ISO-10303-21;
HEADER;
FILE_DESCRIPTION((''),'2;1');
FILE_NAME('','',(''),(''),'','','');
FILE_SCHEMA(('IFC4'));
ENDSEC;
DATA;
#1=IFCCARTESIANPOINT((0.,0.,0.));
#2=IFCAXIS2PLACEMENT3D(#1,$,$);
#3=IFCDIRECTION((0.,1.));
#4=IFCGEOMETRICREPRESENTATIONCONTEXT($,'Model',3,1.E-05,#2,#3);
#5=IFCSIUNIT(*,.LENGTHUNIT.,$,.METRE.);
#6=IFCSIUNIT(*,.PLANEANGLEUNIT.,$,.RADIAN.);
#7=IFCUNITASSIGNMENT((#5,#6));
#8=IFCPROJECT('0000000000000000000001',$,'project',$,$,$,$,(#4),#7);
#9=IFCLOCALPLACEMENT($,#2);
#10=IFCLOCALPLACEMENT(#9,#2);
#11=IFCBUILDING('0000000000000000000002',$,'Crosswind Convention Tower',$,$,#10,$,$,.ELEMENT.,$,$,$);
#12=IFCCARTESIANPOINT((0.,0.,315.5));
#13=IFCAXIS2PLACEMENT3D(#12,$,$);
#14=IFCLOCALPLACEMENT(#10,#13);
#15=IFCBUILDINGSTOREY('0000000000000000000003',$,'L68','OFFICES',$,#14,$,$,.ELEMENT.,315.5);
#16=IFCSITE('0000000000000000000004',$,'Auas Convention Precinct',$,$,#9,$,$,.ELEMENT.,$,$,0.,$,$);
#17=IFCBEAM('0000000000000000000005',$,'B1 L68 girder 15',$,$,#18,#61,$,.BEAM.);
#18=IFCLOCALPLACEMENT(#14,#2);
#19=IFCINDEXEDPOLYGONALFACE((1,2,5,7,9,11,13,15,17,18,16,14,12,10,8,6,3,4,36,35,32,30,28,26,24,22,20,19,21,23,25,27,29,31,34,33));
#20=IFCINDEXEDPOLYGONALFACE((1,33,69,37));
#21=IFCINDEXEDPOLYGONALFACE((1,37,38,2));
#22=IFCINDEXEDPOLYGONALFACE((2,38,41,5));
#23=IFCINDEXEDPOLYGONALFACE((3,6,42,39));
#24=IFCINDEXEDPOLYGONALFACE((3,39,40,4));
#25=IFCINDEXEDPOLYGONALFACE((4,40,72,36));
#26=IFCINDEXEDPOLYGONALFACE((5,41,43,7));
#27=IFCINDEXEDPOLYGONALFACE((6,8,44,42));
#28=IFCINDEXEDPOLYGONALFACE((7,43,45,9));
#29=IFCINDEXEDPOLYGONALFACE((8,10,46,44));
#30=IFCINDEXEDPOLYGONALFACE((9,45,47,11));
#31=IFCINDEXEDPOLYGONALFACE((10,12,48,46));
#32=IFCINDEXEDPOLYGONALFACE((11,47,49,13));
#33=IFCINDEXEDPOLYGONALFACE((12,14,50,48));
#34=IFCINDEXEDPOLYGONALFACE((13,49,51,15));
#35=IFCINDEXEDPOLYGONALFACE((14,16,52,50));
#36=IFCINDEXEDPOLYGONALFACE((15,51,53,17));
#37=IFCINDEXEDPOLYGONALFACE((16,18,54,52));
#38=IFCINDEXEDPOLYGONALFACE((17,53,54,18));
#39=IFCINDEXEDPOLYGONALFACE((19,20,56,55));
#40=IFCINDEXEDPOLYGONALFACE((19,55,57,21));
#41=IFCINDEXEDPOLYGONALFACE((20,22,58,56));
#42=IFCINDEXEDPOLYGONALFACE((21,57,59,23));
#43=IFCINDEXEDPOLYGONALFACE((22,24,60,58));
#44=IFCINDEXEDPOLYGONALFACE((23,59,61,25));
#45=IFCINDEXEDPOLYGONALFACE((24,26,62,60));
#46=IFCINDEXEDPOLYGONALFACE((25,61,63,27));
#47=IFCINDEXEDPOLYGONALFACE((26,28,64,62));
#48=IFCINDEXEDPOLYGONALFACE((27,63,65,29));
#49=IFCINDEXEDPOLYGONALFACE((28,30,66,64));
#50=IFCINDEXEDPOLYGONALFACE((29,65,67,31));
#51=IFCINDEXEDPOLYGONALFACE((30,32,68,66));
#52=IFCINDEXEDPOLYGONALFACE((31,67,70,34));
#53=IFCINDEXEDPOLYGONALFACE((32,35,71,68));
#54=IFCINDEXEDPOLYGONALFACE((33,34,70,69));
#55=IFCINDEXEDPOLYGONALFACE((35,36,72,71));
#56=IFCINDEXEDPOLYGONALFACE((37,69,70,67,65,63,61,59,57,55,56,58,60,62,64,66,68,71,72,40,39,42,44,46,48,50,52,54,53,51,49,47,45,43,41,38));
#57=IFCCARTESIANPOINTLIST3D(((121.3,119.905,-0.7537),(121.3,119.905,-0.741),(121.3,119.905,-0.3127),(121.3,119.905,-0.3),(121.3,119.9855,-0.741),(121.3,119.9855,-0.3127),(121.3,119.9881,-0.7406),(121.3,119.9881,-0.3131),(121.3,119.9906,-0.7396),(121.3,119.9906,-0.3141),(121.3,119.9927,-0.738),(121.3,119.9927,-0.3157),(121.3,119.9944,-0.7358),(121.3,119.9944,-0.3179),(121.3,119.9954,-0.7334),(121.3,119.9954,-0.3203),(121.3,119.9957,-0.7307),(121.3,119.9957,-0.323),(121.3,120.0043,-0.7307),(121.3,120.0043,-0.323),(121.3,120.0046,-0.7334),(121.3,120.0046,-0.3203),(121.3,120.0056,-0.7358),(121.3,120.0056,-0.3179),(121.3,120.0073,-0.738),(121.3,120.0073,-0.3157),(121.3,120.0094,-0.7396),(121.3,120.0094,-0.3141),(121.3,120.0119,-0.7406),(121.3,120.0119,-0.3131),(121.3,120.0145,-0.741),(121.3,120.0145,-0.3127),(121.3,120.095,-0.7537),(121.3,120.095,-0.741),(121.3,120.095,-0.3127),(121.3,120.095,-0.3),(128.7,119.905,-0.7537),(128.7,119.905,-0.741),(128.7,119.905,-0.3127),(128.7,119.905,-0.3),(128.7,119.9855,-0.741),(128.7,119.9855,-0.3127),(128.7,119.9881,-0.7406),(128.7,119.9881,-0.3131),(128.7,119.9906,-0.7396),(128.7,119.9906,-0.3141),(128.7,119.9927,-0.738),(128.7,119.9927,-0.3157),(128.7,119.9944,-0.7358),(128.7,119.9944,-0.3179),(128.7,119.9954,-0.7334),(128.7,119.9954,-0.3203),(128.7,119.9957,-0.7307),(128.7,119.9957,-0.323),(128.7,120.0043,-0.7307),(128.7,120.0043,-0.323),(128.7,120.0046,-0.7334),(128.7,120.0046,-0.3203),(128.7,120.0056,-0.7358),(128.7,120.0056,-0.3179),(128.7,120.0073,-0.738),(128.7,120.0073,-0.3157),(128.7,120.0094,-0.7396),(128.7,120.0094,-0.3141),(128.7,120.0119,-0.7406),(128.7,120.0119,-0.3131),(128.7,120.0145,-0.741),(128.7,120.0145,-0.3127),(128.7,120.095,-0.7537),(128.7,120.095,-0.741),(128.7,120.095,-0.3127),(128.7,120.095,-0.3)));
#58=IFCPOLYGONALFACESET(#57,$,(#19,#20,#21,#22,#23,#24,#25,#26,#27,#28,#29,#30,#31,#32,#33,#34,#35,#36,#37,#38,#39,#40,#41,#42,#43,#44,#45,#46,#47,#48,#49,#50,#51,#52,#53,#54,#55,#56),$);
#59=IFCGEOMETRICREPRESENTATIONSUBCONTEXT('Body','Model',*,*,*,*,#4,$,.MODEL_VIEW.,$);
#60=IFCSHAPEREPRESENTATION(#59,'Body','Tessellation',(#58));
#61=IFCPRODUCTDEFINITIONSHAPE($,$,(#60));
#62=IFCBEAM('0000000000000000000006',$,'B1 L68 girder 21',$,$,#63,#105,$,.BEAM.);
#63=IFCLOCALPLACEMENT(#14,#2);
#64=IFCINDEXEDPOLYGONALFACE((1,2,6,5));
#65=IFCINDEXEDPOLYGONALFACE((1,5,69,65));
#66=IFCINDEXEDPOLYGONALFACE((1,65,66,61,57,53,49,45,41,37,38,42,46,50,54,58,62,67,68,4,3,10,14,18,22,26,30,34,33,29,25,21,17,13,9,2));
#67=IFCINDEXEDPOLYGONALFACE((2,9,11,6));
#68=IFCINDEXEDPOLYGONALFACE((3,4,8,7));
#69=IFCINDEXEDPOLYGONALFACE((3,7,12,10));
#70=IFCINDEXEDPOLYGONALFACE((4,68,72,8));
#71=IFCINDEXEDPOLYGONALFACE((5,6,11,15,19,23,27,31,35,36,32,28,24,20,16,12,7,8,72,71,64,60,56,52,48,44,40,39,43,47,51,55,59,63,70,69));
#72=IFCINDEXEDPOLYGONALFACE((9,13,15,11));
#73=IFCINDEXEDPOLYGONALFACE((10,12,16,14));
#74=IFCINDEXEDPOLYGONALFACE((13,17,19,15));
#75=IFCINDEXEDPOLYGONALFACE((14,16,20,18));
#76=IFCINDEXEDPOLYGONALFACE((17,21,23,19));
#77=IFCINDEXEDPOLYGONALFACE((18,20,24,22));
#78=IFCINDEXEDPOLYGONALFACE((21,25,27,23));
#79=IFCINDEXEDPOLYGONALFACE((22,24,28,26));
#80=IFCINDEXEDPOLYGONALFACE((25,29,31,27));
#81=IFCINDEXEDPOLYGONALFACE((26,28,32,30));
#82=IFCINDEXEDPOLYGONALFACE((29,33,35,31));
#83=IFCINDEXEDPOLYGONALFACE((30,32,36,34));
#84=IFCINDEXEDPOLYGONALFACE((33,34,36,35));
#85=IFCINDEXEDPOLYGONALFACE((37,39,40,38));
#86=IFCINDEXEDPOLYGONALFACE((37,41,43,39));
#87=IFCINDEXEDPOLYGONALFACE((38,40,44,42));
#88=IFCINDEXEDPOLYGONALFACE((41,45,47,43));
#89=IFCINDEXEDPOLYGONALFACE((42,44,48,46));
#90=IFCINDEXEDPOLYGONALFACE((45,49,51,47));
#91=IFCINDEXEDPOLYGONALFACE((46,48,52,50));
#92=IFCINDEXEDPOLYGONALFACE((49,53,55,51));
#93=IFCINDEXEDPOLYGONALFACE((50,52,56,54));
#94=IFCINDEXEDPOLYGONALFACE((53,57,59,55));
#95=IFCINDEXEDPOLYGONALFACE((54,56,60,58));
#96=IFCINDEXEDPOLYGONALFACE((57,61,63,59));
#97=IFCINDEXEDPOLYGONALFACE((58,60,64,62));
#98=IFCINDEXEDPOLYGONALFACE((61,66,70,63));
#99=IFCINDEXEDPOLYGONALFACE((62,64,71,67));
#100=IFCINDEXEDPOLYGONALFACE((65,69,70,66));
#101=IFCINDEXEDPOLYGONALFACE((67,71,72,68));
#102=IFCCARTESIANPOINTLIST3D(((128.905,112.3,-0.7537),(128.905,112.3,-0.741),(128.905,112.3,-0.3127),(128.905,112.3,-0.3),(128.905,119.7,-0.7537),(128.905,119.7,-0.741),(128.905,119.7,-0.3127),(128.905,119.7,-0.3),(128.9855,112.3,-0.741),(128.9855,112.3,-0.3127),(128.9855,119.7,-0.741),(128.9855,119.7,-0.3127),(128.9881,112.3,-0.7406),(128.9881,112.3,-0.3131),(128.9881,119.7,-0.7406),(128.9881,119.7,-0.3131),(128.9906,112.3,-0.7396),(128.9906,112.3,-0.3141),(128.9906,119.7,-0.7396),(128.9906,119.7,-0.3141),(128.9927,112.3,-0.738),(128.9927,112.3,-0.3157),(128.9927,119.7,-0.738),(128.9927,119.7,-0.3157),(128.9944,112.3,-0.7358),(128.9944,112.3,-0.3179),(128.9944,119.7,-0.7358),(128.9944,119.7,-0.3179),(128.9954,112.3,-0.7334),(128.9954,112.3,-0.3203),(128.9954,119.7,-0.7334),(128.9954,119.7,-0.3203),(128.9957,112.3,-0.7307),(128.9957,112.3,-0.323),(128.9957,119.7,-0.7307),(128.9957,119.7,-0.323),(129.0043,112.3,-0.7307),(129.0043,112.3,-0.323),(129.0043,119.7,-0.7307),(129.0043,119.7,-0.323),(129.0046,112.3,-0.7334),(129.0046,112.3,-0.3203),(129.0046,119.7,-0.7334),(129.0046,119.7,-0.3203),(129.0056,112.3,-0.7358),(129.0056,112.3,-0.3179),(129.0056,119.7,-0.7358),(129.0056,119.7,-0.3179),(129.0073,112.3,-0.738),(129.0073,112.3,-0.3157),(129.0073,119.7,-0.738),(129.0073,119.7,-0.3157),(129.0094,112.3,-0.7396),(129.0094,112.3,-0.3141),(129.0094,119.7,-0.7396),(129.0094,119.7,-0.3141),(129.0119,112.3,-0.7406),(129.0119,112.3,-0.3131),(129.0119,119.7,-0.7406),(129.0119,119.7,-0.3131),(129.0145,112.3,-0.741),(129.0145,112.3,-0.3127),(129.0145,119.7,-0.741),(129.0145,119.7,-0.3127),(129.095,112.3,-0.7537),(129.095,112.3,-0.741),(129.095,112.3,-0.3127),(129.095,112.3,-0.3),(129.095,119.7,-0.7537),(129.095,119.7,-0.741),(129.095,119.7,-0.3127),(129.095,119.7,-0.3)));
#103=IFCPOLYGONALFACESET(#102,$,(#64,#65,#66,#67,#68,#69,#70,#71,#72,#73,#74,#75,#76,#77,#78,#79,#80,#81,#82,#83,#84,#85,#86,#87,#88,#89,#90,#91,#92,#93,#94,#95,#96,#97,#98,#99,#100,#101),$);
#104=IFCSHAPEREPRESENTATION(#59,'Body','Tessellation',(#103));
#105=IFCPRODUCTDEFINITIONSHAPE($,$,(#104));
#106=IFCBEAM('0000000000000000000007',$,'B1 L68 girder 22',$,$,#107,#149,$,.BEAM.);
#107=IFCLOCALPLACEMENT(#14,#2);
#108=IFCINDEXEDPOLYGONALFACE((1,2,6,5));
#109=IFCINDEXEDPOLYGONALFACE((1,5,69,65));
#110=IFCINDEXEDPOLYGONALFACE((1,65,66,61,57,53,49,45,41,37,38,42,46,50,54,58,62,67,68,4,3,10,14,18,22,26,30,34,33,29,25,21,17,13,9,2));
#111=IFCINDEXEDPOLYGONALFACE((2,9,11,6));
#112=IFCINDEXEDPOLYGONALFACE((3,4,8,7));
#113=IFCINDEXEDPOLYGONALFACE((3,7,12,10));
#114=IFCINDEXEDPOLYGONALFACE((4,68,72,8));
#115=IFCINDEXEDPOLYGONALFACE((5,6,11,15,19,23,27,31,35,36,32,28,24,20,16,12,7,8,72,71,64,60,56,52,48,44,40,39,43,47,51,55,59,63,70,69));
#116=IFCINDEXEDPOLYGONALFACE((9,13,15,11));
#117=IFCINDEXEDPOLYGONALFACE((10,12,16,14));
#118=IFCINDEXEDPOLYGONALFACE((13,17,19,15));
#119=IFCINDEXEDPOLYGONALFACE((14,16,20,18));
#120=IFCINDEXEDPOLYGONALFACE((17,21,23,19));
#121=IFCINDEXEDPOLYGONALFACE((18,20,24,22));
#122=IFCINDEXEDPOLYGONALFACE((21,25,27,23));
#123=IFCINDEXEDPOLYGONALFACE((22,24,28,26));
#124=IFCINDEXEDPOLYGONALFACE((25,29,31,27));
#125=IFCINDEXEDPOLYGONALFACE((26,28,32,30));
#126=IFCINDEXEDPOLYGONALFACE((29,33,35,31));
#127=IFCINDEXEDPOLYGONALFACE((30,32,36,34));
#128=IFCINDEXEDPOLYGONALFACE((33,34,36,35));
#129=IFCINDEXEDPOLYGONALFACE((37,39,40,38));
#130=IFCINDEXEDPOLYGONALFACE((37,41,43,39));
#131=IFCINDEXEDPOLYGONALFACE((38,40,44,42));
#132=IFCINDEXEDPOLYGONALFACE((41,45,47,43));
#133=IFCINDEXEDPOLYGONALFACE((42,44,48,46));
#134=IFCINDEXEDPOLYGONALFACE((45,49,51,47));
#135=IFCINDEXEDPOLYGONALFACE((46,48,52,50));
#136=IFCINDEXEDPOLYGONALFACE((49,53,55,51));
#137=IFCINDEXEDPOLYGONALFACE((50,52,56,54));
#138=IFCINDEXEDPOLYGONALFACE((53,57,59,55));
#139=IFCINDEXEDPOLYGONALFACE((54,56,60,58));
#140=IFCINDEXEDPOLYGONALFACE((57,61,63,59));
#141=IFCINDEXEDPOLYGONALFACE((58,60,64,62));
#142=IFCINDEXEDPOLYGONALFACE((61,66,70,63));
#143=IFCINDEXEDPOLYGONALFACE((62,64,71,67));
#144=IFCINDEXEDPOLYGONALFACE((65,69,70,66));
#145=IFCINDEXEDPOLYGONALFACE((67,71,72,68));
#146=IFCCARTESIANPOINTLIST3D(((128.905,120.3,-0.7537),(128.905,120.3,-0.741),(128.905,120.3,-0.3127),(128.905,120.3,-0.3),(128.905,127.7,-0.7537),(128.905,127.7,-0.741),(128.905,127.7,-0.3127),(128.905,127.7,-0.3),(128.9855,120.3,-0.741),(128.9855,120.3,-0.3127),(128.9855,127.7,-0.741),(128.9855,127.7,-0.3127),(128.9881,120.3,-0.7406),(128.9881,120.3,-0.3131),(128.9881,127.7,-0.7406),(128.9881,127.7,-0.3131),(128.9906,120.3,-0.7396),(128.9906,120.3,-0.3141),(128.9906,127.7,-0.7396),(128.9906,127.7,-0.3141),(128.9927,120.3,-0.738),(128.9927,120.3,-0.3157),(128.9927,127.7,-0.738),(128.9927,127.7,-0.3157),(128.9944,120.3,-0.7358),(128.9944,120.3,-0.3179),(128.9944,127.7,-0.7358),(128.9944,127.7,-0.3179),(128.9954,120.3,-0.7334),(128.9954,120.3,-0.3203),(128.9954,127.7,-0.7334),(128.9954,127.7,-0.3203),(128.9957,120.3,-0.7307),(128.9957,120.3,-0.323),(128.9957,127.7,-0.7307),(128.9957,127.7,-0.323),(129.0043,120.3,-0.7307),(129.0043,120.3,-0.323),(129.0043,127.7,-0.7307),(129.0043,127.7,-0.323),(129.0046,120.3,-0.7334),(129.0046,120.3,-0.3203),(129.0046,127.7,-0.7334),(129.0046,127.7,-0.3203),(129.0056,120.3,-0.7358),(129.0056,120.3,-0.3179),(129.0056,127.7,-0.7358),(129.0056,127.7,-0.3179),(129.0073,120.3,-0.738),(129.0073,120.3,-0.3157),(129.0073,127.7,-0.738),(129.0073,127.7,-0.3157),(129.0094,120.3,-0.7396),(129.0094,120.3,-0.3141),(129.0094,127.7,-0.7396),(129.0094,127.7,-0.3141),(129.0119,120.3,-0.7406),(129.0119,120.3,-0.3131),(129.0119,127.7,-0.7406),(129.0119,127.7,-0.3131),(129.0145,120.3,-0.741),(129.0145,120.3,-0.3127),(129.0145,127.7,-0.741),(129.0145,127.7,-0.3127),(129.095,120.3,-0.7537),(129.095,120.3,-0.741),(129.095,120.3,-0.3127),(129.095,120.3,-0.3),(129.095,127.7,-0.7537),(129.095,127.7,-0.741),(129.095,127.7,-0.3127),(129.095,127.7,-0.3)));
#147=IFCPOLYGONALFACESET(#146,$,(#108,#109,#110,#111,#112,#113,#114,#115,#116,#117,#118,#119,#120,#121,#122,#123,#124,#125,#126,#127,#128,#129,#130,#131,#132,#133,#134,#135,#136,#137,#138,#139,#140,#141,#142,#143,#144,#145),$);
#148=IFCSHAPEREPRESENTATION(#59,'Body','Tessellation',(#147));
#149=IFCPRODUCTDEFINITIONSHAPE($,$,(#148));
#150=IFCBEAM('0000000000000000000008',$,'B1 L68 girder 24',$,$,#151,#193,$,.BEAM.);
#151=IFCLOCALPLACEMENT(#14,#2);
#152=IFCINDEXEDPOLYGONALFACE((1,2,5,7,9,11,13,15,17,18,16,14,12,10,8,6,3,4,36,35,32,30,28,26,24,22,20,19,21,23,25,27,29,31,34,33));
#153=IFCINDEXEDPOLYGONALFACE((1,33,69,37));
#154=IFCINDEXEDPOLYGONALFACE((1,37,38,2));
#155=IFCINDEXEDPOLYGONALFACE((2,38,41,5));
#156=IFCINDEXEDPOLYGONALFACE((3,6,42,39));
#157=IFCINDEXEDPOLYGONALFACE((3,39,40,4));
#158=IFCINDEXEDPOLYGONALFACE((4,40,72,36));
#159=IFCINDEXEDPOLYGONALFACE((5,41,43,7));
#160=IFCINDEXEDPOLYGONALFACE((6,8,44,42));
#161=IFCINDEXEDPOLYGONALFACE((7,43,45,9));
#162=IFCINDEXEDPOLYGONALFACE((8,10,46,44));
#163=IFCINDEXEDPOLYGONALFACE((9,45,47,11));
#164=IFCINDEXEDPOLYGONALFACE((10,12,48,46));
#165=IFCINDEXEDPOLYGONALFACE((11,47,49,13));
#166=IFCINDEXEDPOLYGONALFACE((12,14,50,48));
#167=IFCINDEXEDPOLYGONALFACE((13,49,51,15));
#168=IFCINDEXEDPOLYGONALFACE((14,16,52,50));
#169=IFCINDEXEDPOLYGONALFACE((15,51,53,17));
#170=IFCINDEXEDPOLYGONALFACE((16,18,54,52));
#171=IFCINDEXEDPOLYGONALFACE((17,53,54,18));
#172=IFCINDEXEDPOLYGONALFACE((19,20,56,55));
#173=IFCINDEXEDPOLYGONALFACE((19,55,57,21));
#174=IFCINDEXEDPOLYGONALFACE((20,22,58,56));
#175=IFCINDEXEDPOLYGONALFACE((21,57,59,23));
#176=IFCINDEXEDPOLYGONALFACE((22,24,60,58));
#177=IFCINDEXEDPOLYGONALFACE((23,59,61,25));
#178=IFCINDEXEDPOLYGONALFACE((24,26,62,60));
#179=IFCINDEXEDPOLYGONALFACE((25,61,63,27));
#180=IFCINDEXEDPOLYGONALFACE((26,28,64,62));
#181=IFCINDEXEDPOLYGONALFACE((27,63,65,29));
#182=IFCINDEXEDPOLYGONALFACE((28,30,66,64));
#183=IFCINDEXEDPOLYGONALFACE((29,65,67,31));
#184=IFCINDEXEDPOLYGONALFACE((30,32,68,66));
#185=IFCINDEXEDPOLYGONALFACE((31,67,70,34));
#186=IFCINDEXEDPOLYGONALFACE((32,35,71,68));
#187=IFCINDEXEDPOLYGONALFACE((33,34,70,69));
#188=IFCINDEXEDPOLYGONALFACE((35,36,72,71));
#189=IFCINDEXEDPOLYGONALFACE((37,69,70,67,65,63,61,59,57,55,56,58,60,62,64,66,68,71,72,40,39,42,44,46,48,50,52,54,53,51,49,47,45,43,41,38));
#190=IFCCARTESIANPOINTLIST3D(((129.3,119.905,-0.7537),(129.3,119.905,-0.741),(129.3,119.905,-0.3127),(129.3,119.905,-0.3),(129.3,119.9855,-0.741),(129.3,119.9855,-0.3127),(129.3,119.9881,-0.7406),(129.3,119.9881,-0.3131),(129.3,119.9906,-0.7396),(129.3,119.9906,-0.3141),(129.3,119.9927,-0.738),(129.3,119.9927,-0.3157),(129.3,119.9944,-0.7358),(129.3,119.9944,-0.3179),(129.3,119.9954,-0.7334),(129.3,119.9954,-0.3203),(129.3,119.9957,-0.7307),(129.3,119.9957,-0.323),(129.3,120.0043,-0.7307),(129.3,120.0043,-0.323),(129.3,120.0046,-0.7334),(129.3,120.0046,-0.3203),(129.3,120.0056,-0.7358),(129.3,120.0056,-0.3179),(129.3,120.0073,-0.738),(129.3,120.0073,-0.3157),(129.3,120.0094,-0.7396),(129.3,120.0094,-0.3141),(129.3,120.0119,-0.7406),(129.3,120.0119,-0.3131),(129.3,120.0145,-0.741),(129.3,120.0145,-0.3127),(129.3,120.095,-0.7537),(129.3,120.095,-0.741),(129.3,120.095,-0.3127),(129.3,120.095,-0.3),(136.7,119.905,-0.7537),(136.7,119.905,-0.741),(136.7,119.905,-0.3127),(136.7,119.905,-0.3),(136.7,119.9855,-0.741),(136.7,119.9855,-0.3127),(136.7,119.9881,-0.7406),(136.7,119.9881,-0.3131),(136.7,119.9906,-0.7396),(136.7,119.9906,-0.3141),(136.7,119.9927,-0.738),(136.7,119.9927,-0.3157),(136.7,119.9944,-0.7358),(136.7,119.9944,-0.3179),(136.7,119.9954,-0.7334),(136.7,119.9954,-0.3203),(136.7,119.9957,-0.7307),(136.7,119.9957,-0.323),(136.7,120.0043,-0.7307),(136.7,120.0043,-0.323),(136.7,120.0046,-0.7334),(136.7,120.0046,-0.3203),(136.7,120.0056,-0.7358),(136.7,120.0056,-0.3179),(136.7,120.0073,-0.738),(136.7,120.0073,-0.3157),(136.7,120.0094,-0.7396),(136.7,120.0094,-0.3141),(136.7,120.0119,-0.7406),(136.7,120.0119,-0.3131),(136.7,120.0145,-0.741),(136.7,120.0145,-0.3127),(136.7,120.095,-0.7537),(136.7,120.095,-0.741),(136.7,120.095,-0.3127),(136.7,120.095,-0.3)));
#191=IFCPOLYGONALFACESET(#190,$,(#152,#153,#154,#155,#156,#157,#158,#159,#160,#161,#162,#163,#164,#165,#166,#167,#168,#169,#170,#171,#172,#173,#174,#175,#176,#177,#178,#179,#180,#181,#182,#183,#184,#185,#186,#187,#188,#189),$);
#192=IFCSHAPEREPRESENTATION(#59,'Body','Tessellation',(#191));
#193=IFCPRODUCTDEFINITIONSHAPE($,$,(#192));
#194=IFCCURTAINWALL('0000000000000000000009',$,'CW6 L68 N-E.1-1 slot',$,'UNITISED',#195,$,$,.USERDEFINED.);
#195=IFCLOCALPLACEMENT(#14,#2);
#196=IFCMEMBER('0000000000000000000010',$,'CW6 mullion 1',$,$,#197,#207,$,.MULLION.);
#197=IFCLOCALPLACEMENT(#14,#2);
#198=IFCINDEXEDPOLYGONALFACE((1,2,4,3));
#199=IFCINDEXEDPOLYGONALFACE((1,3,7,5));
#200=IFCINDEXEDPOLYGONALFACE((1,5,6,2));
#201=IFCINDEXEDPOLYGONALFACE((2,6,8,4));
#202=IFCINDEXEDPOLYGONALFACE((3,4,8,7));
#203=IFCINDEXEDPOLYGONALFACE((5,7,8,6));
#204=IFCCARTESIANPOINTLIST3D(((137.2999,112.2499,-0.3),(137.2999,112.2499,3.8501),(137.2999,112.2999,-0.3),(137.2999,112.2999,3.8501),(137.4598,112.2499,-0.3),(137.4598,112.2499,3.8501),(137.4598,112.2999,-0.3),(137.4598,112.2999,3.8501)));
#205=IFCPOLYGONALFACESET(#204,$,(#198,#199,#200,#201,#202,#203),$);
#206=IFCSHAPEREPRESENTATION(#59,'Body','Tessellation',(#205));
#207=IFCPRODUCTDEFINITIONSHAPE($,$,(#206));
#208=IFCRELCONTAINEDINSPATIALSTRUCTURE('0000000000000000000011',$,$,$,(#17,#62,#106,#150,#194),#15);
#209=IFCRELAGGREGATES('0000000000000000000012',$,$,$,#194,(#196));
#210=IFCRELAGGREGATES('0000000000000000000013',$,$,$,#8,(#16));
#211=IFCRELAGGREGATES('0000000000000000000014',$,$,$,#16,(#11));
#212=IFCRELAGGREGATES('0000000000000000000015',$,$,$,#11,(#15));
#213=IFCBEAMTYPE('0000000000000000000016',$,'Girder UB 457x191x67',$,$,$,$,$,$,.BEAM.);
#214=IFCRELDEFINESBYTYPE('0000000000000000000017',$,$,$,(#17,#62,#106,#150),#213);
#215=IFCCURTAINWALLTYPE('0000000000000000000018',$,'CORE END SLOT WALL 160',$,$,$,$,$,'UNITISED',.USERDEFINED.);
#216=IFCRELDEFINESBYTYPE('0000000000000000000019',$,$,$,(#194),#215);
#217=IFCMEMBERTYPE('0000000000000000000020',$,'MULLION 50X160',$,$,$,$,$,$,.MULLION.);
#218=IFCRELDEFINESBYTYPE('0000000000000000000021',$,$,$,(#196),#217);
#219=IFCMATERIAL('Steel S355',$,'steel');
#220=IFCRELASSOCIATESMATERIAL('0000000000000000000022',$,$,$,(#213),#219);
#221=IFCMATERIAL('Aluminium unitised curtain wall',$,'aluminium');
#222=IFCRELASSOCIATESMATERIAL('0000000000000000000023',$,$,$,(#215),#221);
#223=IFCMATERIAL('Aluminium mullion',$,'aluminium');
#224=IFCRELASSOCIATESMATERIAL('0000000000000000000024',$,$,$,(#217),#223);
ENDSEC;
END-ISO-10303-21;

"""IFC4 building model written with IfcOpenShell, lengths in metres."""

from ifc_helpers import new_model, si_unit, direction, frame, origin, origin_2d, place, context, subcontext, project, spatial, rectangle, i_section, extrude, material, material_profile, profile_set, type_object, element, aggregate, save


model = new_model("IFC4")

# Units and contexts
model_context = context("Model", 3, precision=1e-05, world=origin(), true_north=direction((0.0, 1.0)))
body_context = subcontext(model_context, "Body", "Model", "MODEL_VIEW")
ifc_project = project(units=[si_unit("LENGTHUNIT", "METRE"), si_unit("PLANEANGLEUNIT", "RADIAN")], contexts=[model_context])

# Site, building, storey
site_placement = place(None, origin())
site = spatial("IfcSite", under=ifc_project, at=site_placement, Name="Auas Convention Precinct", CompositionType="ELEMENT", RefElevation=0.0)
building_placement = place(site_placement, origin())
building = spatial("IfcBuilding", under=site, at=building_placement, Name="Crosswind Convention Tower", CompositionType="ELEMENT")
storey_placement = place(building_placement, frame((0.0, 0.0, 315.5)))
storey = spatial("IfcBuildingStorey", under=building, at=storey_placement, Name="L68", Description="OFFICES", CompositionType="ELEMENT", Elevation=315.5)

# Beams
ifc_material_1 = material(Name="Steel S355", Category="steel")
ifc_material_profile_1 = material_profile(ifc_material_1, i_section(OverallWidth=0.1899, OverallDepth=0.4536, WebThickness=0.0085, FlangeThickness=0.0127, FilletRadius=0.0103, at=origin_2d()), Name="UB 457x191x67")
ifc_profile_set_1 = profile_set([ifc_material_profile_1], Name="Steel S355")
beam_type_1 = type_object("IfcBeamType", Name="Girder UB 457x191x67", PredefinedType="BEAM", material=ifc_profile_set_1)
for number, where, z_axis, x_axis, name in (
    (1, (121.3, 120.0, -0.5269), (1.0, 0.0, 0.0), (0.0, 1.0, 0.0), "B1 L68 girder 15"),
    (2, (129.0, 112.3, -0.5269), (0.0, 1.0, 0.0), (-1.0, 0.0, 0.0), "B1 L68 girder 21"),
    (3, (129.0, 120.3, -0.5269), (0.0, 1.0, 0.0), (-1.0, 0.0, 0.0), "B1 L68 girder 22"),
    (4, (129.3, 120.0, -0.5269), (1.0, 0.0, 0.0), (0.0, 1.0, 0.0), "B1 L68 girder 24"),
):
    element("IfcBeam", number, at=place(storey_placement, frame(where, z_axis=z_axis, x_axis=x_axis)), inside=storey, type_object=beam_type_1, Name=name, PredefinedType="BEAM", context=body_context, shape_type="SweptSolid", body=[
        extrude(i_section(OverallWidth=0.1899, OverallDepth=0.4536, WebThickness=0.0085, FlangeThickness=0.0127, FilletRadius=0.0103, at=origin_2d()), origin(), (0.0, 0.0, 1.0), 7.3999),
    ])

# Curtain wall, member
ifc_material_2 = material(Name="Aluminium unitised curtain wall", Category="aluminium")
curtain_wall_type_1 = type_object("IfcCurtainWallType", Name="CORE END SLOT WALL 160", ElementType="UNITISED", PredefinedType="USERDEFINED", material=ifc_material_2)
curtain_wall_1_placement = place(storey_placement, origin())
curtain_wall_1 = element("IfcCurtainWall", 5, at=curtain_wall_1_placement, inside=storey, type_object=curtain_wall_type_1, Name="CW6 L68 N-E.1-1 slot", ObjectType="UNITISED", PredefinedType="USERDEFINED")
ifc_material_3 = material(Name="Aluminium mullion", Category="aluminium")
ifc_material_profile_2 = material_profile(ifc_material_3, rectangle(XDim=0.1599, YDim=0.05, at=origin_2d()), Name="AL 160X50")
ifc_profile_set_2 = profile_set([ifc_material_profile_2], Name="Aluminium mullion")
member_type_1 = type_object("IfcMemberType", Name="MULLION 50X160", PredefinedType="MULLION", material=ifc_profile_set_2)
member_1_placement = place(storey_placement, frame((137.3799, 112.2749, -0.3), z_axis=(0.0, 0.0, 1.0), x_axis=(1.0, 0.0, 0.0)))
member_1 = element("IfcMember", 6, at=member_1_placement, type_object=member_type_1, Name="CW6 mullion 1", PredefinedType="MULLION", context=body_context, shape_type="SweptSolid", body=[
    extrude(rectangle(XDim=0.1599, YDim=0.05, at=origin_2d()), origin(), (0.0, 0.0, 1.0), 4.1501),
])

aggregate(curtain_wall_1, [member_1])

save(model, "model.ifc")
